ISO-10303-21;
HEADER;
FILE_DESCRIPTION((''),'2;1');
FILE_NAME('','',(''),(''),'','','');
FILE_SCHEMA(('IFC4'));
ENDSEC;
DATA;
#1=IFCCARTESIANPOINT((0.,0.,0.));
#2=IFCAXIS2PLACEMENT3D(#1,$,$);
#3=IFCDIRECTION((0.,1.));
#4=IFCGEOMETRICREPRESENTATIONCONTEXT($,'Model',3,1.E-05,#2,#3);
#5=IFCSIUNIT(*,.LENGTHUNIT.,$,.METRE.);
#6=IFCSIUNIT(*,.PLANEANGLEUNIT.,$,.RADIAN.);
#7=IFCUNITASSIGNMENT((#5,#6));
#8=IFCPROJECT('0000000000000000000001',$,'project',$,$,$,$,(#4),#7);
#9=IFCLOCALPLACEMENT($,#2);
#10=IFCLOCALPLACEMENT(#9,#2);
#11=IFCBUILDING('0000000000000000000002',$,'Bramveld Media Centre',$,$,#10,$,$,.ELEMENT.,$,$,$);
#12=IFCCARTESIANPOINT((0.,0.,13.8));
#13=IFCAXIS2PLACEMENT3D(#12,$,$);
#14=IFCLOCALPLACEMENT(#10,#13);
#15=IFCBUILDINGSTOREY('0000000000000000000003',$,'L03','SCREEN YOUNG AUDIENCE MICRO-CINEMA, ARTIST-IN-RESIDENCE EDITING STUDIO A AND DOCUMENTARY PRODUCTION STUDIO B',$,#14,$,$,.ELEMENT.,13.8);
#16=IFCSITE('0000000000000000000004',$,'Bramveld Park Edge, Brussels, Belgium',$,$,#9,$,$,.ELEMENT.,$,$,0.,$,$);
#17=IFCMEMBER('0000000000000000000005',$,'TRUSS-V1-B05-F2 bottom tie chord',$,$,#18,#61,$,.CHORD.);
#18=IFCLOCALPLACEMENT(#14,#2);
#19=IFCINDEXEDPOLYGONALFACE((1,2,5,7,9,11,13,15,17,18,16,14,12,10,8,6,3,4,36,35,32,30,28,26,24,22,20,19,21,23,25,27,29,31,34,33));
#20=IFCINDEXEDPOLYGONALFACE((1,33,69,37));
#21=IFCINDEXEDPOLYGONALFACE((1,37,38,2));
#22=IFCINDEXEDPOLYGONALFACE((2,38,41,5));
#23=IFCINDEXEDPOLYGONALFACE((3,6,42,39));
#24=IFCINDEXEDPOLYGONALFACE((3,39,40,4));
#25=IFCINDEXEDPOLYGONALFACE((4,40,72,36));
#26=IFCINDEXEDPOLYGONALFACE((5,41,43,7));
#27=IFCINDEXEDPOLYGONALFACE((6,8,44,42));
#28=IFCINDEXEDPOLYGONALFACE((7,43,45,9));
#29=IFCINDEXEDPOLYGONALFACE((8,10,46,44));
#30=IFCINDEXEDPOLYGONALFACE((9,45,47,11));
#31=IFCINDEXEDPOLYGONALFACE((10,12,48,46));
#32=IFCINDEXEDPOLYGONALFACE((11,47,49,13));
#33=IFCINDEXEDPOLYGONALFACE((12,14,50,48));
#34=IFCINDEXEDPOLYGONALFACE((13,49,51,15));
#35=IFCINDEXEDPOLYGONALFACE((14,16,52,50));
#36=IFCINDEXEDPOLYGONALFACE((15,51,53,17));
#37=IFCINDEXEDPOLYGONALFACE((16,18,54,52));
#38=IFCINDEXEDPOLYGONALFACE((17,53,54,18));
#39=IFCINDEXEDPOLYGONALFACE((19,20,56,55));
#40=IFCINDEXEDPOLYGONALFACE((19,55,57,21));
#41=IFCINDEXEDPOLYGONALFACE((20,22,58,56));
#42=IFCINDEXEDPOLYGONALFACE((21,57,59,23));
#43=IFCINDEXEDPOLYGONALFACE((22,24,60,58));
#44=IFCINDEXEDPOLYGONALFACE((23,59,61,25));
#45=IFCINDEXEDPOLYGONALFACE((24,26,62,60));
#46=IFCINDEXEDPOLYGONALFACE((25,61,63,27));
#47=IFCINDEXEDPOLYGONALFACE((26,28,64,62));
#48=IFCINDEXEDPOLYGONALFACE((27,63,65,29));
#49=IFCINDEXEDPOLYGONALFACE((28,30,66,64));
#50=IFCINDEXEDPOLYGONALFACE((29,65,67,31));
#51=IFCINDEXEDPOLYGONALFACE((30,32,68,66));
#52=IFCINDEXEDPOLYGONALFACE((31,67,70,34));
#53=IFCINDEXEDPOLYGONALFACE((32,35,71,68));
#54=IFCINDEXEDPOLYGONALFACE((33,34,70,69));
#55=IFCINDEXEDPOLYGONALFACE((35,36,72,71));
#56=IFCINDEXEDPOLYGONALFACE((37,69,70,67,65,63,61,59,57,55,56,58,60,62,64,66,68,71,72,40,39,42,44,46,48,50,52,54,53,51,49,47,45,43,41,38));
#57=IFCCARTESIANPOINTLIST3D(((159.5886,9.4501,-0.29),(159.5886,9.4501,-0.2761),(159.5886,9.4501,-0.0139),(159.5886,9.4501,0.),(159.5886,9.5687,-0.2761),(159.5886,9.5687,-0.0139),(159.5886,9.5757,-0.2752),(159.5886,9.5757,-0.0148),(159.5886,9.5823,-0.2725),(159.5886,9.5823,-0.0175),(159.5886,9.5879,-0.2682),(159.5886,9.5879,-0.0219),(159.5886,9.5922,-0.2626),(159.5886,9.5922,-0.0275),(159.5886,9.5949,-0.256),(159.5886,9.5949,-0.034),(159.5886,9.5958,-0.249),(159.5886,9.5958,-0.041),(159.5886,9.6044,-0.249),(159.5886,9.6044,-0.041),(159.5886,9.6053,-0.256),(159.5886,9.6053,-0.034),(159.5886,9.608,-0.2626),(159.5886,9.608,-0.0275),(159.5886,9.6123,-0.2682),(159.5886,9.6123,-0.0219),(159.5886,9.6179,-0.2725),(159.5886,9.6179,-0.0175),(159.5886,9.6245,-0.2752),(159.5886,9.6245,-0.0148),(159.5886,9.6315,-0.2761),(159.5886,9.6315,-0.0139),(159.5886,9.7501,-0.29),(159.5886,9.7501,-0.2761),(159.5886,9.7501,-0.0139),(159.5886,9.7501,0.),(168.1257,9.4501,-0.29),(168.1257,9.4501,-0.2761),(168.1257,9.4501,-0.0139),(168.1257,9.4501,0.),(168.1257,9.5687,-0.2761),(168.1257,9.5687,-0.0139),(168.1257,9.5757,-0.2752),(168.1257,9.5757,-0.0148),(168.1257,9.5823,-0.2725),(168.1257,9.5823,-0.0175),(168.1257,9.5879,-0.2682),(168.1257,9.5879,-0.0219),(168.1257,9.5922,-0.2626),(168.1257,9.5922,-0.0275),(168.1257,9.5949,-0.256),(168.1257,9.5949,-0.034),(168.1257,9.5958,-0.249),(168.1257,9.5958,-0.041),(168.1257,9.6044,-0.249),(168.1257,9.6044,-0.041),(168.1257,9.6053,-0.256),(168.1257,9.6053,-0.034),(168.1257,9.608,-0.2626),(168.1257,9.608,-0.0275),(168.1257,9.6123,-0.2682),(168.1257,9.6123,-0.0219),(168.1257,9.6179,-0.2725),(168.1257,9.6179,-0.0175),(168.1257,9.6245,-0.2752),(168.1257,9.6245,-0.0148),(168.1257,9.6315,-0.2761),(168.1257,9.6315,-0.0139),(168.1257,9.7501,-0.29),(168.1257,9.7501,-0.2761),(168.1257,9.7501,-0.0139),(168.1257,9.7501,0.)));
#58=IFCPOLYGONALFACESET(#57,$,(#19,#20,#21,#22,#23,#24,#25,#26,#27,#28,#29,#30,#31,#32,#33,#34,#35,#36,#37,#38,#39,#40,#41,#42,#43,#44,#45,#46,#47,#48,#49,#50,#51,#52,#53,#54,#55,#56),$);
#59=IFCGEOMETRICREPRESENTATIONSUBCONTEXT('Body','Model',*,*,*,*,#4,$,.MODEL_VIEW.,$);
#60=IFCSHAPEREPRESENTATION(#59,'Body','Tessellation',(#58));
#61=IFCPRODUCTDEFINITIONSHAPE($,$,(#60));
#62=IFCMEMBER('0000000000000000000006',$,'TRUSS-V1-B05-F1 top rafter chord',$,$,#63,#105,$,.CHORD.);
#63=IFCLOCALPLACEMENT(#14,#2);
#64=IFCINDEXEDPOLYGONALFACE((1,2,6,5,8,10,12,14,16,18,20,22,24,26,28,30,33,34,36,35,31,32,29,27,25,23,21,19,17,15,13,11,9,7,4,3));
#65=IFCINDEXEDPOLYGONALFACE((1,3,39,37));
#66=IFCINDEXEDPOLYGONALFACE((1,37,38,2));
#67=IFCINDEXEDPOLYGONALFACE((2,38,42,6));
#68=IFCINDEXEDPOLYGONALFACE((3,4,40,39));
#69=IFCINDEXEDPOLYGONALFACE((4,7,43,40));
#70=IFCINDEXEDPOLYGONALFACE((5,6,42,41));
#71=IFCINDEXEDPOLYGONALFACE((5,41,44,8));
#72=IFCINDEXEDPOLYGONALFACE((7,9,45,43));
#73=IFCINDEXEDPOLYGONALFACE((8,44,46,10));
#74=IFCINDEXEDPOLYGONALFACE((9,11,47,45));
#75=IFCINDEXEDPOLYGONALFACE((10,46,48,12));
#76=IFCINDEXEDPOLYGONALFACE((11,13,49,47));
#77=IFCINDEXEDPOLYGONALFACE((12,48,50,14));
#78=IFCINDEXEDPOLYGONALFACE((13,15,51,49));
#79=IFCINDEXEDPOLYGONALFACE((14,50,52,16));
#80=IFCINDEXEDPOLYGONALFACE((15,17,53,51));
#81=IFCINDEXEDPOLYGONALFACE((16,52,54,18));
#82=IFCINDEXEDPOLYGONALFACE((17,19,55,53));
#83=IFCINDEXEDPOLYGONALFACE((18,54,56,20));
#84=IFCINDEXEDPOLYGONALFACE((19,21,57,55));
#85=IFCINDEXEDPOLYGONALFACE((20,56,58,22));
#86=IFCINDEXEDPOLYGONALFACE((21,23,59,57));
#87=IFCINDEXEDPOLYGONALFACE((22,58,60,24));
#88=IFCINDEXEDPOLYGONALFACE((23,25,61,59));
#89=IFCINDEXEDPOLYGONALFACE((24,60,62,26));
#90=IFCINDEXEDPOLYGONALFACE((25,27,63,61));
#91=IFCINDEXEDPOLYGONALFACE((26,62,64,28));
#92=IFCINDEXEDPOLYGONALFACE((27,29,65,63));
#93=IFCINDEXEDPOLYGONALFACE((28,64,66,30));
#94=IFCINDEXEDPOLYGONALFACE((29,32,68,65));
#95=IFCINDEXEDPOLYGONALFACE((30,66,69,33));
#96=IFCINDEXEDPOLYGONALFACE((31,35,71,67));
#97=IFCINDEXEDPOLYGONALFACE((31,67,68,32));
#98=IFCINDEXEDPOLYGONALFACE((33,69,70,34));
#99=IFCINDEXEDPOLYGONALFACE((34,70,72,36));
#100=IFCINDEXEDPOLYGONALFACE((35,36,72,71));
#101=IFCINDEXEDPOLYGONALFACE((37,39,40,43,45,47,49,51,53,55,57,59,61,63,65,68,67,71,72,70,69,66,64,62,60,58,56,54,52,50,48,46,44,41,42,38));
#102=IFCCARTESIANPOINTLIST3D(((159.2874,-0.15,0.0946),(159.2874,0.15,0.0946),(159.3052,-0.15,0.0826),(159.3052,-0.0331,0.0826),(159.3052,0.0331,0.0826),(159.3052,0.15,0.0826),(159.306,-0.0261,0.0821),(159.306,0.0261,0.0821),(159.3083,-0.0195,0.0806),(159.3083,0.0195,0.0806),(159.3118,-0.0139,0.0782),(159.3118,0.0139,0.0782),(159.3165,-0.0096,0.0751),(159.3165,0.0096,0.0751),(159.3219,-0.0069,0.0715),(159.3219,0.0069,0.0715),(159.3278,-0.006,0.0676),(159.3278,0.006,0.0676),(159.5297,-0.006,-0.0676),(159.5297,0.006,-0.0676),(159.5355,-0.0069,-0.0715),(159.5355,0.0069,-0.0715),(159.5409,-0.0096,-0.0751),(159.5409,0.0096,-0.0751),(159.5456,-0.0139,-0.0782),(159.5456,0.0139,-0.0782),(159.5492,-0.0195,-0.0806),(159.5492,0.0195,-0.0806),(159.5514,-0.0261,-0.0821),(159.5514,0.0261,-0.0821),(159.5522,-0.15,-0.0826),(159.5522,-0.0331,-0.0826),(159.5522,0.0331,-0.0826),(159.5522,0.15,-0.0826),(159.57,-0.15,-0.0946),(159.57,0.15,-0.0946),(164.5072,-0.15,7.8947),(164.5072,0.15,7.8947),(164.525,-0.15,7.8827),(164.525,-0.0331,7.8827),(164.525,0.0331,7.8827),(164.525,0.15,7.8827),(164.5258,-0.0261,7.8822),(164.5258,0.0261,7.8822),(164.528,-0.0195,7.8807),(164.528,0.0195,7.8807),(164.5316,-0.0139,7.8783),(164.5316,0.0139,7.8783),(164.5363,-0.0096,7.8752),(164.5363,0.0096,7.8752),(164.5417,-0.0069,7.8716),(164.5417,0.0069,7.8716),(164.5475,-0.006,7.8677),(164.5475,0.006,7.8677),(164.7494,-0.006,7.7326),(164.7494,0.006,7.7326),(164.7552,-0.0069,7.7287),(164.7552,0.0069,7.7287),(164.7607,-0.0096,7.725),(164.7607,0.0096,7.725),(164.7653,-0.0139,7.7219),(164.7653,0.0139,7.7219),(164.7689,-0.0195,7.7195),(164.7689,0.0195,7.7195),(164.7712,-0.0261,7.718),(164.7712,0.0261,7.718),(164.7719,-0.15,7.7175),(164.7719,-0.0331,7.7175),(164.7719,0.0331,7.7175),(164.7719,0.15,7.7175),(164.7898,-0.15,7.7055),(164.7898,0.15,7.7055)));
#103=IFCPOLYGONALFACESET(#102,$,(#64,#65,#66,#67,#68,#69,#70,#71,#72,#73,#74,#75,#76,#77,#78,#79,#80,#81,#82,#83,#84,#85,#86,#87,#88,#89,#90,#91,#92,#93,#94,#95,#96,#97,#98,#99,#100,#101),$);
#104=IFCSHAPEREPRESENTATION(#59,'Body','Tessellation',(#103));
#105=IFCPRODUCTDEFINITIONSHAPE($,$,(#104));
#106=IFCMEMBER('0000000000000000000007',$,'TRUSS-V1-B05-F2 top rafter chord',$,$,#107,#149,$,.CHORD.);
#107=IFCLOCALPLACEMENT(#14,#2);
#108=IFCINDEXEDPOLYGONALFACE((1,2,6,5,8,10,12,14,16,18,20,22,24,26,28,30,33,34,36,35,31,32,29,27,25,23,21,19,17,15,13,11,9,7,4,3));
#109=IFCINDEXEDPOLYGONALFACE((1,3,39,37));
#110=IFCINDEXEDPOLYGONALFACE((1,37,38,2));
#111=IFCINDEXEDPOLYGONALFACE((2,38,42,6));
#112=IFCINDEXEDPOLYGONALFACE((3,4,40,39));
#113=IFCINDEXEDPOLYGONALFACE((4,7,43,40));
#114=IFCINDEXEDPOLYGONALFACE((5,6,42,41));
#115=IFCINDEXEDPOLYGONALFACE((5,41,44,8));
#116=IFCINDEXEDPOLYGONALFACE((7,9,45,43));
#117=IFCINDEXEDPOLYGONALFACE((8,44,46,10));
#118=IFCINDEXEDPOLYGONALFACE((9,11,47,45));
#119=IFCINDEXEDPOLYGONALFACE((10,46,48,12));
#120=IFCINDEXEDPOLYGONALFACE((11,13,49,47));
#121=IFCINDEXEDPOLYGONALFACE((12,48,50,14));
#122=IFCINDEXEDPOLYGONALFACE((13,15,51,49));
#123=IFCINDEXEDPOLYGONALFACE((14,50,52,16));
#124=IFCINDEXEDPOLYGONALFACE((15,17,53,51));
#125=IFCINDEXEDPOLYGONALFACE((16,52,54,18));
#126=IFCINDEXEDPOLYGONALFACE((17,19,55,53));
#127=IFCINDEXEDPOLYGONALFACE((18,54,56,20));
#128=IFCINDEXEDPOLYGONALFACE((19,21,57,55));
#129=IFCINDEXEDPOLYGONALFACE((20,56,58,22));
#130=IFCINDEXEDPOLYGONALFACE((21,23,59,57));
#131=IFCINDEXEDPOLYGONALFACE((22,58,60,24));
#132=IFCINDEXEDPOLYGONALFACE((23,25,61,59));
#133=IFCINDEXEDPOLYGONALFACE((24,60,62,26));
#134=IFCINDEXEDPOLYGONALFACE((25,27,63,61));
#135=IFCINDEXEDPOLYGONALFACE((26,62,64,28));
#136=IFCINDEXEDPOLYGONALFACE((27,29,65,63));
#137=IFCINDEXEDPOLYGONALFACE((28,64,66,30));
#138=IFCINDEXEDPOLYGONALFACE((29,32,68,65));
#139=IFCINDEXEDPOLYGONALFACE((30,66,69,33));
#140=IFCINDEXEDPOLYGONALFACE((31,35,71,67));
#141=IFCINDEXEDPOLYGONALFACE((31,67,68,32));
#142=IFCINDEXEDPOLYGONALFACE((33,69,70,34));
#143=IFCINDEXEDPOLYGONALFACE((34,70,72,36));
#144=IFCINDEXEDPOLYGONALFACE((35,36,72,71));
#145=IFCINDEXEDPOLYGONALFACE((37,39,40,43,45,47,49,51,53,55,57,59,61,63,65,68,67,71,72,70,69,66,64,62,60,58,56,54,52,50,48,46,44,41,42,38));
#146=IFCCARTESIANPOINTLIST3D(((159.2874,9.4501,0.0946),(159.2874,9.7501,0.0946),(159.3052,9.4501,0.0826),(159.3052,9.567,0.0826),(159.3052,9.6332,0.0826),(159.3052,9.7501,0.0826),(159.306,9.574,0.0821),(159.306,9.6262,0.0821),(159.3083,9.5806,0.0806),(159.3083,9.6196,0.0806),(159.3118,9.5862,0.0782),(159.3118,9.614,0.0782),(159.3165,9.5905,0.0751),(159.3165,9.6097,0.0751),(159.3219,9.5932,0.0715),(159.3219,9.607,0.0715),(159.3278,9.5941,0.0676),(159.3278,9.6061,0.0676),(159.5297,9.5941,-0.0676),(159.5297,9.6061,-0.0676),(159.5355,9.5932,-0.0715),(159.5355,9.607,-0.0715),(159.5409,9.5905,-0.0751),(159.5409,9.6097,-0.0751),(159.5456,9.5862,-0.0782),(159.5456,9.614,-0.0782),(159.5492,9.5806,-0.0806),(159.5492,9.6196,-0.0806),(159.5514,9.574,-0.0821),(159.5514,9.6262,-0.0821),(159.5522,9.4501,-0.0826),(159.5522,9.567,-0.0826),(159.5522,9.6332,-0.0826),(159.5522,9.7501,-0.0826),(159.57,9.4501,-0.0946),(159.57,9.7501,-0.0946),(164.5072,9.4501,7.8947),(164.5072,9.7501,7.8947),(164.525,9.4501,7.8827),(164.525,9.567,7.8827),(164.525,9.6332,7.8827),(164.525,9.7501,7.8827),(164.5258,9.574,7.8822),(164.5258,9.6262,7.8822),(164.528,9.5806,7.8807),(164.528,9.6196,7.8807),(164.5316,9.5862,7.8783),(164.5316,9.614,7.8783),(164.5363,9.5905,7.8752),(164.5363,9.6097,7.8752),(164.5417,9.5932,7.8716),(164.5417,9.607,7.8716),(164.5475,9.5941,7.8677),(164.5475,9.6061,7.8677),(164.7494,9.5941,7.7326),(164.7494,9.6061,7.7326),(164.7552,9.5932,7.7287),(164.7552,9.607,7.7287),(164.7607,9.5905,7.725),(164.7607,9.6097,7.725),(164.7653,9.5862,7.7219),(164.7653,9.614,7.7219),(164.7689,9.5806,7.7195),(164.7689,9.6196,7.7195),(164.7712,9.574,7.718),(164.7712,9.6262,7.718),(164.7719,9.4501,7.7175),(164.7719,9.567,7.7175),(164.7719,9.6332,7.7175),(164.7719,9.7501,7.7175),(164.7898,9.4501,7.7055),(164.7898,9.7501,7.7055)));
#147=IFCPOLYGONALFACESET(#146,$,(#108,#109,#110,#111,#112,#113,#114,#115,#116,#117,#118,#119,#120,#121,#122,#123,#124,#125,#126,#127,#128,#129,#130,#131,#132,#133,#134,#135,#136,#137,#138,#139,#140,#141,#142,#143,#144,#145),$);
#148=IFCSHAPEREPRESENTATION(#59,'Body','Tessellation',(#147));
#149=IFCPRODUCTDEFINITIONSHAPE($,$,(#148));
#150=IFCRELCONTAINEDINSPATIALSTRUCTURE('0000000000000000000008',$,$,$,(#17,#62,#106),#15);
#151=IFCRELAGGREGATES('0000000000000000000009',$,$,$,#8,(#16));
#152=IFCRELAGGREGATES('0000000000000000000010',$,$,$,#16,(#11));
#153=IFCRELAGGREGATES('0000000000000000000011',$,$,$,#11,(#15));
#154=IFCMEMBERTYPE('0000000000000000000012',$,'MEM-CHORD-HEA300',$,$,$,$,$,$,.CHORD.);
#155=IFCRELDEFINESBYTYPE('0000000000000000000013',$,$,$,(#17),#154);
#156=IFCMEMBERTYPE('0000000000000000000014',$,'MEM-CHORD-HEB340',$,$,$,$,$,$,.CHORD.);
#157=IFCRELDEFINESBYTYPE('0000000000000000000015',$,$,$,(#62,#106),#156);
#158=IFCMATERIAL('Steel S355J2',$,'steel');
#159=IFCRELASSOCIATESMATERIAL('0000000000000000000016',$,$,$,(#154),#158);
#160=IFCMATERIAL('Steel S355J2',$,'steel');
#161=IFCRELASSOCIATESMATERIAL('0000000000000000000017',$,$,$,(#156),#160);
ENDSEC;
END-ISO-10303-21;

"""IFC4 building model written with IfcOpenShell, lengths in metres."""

from ifc_helpers import new_model, si_unit, direction, frame, origin, origin_2d, place, context, subcontext, project, spatial, i_section, extrude, material, material_profile, profile_set, type_object, element, save


model = new_model("IFC4")

# Units and contexts
model_context = context("Model", 3, precision=1e-05, world=origin(), true_north=direction((0.0, 1.0)))
body_context = subcontext(model_context, "Body", "Model", "MODEL_VIEW")
ifc_project = project(units=[si_unit("LENGTHUNIT", "METRE"), si_unit("PLANEANGLEUNIT", "RADIAN")], contexts=[model_context])

# Site, building, storey
site_placement = place(None, origin())
site = spatial("IfcSite", under=ifc_project, at=site_placement, Name="Bramveld Park Edge, Brussels, Belgium", CompositionType="ELEMENT", RefElevation=0.0)
building_placement = place(site_placement, origin())
building = spatial("IfcBuilding", under=site, at=building_placement, Name="Bramveld Media Centre", CompositionType="ELEMENT")
storey_placement = place(building_placement, frame((0.0, 0.0, 13.8)))
storey = spatial("IfcBuildingStorey", under=building, at=storey_placement, Name="L03", Description="SCREEN YOUNG AUDIENCE MICRO-CINEMA, ARTIST-IN-RESIDENCE EDITING STUDIO A AND DOCUMENTARY PRODUCTION STUDIO B", CompositionType="ELEMENT", Elevation=13.8)

# Members
ifc_material_1 = material(Name="Steel S355J2", Category="steel")
ifc_material_profile_1 = material_profile(ifc_material_1, i_section(OverallWidth=0.3, OverallDepth=0.29, WebThickness=0.0085, FlangeThickness=0.0139, FilletRadius=0.0271, at=origin_2d()), Name="HEA 300")
ifc_profile_set_1 = profile_set([ifc_material_profile_1], Name="Steel S355J2")
member_type_1 = type_object("IfcMemberType", Name="MEM-CHORD-HEA300", PredefinedType="CHORD", material=ifc_profile_set_1)
member_1_placement = place(storey_placement, frame((159.5886, 9.6001, -0.145), z_axis=(1.0, 0.0, 0.0), x_axis=(0.0, 1.0, 0.0)))
element("IfcMember", 1, at=member_1_placement, inside=storey, type_object=member_type_1, Name="TRUSS-V1-B05-F2 bottom tie chord", PredefinedType="CHORD", context=body_context, shape_type="SweptSolid", body=[
    extrude(i_section(OverallWidth=0.3, OverallDepth=0.29, WebThickness=0.0085, FlangeThickness=0.0139, FilletRadius=0.0271, at=origin_2d()), origin(), (0.0, 0.0, 1.0), 8.5371),
])
ifc_material_2 = material(Name="Steel S355J2", Category="steel")
ifc_material_profile_2 = material_profile(ifc_material_2, i_section(OverallWidth=0.3, OverallDepth=0.3401, WebThickness=0.012, FlangeThickness=0.0215, FilletRadius=0.0271, at=origin_2d()), Name="HEB 340")
ifc_profile_set_2 = profile_set([ifc_material_profile_2], Name="Steel S355J2")
member_type_2 = type_object("IfcMemberType", Name="MEM-CHORD-HEB340", PredefinedType="CHORD", material=ifc_profile_set_2)
for number, where, z_axis, x_axis, name in (
    (2, (159.4287, 0.0, 0.0), (0.556152, 0.0, 0.831081), (0.0, 1.0, 0.0), "TRUSS-V1-B05-F1 top rafter chord"),
    (3, (159.4287, 9.6001, 0.0), (0.556152, 0.0, 0.831081), (0.0, 1.0, 0.0), "TRUSS-V1-B05-F2 top rafter chord"),
):
    element("IfcMember", number, at=place(storey_placement, frame(where, z_axis=z_axis, x_axis=x_axis)), inside=storey, type_object=member_type_2, Name=name, PredefinedType="CHORD", context=body_context, shape_type="SweptSolid", body=[
        extrude(i_section(OverallWidth=0.3, OverallDepth=0.3401, WebThickness=0.012, FlangeThickness=0.0215, FilletRadius=0.0271, at=origin_2d()), origin(), (0.0, 0.0, 1.0), 9.3855),
    ])

save(model, "model.ifc")
